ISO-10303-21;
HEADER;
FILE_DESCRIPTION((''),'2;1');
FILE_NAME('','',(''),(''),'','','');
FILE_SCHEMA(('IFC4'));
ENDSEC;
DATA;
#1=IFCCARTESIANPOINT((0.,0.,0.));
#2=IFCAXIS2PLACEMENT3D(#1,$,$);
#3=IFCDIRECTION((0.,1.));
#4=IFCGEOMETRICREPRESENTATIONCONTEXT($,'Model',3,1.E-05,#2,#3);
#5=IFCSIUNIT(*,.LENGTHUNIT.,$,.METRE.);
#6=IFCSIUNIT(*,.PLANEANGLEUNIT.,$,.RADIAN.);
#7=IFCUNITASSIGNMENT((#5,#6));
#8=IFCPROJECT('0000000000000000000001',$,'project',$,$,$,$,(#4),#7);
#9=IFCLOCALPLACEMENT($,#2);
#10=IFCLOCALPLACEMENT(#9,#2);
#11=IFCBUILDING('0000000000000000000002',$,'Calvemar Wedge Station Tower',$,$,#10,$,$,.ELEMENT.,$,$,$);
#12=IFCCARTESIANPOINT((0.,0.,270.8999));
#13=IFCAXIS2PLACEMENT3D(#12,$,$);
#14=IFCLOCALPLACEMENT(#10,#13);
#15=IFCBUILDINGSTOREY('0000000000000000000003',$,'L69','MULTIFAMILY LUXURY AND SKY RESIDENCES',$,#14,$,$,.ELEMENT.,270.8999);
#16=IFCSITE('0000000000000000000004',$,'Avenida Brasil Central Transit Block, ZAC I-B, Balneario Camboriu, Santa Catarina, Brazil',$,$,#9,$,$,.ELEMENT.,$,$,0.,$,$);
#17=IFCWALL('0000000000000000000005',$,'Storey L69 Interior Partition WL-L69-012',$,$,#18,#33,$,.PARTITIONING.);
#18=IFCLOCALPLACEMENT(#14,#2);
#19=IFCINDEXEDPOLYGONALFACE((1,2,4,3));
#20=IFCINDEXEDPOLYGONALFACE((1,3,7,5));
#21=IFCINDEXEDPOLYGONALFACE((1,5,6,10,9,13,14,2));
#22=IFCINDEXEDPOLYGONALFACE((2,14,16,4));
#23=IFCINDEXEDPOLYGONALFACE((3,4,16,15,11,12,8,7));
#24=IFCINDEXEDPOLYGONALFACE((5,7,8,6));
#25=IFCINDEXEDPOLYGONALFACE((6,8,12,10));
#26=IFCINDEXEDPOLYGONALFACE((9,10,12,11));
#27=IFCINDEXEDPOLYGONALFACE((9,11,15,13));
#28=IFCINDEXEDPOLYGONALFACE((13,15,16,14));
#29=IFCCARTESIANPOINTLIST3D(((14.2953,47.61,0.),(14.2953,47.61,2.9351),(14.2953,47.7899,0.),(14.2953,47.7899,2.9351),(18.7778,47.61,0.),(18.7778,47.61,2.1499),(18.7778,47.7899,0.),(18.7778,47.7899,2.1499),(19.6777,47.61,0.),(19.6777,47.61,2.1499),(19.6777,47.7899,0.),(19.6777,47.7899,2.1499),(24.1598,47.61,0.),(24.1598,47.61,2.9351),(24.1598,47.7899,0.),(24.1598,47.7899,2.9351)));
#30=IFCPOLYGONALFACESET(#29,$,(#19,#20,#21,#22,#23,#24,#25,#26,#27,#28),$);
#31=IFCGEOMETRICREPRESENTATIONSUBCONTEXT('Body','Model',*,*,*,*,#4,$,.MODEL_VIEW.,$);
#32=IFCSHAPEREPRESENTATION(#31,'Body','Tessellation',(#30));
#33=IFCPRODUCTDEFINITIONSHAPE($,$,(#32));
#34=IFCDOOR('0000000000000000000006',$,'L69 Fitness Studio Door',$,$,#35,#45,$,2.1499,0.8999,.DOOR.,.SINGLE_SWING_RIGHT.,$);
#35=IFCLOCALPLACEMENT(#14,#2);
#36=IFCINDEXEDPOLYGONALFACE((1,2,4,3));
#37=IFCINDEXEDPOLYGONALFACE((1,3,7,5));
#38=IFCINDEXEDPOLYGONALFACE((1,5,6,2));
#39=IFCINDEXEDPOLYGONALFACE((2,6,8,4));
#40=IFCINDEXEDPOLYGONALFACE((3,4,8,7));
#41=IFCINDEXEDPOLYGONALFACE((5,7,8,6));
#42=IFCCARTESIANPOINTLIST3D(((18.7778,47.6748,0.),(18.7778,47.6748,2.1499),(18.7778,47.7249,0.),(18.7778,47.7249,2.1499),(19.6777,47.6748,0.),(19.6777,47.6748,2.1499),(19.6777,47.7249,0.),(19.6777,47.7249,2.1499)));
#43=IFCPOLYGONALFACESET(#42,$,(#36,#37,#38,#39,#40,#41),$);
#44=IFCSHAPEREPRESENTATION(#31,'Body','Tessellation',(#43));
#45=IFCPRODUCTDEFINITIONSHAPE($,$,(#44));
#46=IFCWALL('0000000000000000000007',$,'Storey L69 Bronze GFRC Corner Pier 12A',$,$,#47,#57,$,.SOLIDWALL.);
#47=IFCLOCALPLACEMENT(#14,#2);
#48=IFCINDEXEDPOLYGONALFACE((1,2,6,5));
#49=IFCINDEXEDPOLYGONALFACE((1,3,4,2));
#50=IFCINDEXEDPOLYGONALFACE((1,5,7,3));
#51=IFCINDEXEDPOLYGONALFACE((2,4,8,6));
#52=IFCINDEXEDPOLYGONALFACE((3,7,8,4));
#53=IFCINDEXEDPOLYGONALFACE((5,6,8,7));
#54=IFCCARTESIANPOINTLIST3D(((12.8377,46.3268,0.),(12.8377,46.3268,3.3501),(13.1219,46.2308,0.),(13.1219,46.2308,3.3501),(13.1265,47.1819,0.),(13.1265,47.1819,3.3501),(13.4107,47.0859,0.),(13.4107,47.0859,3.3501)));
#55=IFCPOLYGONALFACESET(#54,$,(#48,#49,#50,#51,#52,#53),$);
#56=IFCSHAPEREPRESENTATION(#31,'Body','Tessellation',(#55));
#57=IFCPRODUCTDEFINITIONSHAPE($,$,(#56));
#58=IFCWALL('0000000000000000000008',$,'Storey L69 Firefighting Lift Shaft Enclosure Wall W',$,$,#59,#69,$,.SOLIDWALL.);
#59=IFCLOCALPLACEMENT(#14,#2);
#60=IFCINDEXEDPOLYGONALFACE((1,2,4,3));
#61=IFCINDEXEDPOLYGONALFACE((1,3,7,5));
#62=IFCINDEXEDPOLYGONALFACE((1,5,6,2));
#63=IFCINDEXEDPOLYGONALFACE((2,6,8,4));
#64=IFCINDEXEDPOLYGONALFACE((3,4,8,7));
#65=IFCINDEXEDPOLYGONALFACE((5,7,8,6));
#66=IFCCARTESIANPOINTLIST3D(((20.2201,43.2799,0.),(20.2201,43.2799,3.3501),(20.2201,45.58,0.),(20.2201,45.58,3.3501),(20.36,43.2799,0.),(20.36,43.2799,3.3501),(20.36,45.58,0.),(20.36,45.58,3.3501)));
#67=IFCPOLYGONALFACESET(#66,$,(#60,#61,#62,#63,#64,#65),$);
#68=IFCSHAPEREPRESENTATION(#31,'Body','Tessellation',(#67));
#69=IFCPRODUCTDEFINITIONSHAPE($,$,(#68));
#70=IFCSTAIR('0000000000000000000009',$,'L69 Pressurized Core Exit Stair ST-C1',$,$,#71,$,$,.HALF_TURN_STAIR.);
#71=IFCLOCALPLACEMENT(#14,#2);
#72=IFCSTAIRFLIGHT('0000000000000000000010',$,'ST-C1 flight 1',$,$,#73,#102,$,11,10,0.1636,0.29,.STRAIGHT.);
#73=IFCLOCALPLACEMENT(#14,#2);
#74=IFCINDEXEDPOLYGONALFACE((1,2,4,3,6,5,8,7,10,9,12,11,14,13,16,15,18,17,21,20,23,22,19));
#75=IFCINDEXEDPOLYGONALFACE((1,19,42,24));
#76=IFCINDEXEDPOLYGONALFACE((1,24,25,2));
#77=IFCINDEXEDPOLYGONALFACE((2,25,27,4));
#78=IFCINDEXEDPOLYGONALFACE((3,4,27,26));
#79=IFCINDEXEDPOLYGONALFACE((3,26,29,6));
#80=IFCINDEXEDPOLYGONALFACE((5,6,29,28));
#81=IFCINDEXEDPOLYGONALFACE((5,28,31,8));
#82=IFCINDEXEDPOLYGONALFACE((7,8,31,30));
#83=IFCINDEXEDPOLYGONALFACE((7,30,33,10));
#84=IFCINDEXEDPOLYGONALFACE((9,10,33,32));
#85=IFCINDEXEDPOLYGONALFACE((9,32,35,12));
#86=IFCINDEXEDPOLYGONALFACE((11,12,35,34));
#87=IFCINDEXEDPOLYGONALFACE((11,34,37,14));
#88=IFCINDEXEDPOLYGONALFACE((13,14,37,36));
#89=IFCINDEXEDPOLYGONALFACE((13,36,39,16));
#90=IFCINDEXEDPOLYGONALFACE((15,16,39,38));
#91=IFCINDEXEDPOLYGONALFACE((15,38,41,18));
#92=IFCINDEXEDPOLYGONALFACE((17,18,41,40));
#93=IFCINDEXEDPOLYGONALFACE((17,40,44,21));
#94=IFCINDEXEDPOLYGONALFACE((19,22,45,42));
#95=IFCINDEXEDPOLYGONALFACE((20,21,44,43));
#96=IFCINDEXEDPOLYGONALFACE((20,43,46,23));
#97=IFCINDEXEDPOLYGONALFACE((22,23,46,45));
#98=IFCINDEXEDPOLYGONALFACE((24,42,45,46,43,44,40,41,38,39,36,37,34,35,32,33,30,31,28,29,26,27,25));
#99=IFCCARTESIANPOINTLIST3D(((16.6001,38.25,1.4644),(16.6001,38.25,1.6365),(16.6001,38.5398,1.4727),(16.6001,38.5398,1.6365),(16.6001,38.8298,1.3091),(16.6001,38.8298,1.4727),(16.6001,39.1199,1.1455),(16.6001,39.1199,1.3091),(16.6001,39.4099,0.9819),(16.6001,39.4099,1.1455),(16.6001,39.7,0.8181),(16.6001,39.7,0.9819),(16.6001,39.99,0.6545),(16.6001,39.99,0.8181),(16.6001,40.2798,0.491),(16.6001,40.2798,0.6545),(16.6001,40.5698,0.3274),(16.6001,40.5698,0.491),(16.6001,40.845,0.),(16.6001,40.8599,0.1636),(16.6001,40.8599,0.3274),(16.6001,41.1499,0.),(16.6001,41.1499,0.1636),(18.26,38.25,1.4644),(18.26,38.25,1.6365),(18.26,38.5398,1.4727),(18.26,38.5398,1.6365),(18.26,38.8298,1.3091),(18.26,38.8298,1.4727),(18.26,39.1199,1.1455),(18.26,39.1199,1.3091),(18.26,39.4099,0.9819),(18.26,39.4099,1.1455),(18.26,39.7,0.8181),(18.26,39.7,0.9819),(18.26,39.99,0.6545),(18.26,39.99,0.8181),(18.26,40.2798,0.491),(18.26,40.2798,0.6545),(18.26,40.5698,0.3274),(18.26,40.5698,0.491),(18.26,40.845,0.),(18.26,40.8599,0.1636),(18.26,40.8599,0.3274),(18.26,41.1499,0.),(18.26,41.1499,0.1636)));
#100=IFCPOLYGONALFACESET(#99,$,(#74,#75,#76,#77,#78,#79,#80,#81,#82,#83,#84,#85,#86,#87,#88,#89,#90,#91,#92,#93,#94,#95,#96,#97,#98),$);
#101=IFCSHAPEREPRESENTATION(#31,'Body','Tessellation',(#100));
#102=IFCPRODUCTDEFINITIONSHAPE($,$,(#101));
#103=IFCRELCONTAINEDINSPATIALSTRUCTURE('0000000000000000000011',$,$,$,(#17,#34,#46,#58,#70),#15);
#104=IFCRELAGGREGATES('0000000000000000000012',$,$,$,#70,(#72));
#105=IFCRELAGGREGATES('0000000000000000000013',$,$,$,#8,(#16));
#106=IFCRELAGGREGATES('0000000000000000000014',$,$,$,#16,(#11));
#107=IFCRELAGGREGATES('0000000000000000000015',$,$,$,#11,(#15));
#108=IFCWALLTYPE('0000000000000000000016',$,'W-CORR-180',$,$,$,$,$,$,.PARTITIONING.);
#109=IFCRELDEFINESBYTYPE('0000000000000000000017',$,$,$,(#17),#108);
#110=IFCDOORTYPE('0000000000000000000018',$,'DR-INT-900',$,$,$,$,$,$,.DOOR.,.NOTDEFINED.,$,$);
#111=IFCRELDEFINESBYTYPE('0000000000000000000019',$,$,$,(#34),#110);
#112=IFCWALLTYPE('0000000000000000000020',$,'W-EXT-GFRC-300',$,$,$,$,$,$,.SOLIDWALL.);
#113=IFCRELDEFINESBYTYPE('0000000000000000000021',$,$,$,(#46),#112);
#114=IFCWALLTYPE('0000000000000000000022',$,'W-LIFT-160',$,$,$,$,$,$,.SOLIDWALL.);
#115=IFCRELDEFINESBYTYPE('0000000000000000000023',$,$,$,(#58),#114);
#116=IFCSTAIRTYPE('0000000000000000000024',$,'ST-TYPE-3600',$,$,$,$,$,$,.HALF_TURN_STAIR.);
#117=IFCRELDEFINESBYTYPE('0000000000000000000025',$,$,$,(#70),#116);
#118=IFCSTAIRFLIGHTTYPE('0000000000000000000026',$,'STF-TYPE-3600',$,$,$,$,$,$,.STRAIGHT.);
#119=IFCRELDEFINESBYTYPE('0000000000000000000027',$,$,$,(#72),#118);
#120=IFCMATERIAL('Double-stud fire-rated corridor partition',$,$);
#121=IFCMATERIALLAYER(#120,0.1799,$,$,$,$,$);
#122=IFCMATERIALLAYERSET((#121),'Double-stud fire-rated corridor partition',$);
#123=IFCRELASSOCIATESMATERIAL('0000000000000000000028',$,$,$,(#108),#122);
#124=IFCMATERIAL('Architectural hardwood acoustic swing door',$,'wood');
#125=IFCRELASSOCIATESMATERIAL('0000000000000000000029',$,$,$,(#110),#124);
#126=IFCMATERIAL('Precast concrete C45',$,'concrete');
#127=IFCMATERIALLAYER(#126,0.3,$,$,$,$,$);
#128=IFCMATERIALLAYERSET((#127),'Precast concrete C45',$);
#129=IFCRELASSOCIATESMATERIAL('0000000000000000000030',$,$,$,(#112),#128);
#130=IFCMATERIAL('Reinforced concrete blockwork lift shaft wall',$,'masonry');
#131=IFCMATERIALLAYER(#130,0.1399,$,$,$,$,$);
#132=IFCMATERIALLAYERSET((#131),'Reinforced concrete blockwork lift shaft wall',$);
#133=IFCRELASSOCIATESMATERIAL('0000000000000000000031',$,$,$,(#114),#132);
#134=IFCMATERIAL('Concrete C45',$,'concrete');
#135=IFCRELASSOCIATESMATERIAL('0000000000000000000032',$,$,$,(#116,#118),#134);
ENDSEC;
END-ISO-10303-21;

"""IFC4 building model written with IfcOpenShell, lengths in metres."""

from ifc_helpers import new_model, si_unit, direction, frame, frame_2d, origin, place, context, subcontext, project, spatial, polyline, rectangle, outline, extrude, source, transform, mapped, material, layer, layer_set, type_object, element, fill, aggregate, save


model = new_model("IFC4")

# Units and contexts
model_context = context("Model", 3, precision=1e-05, world=origin(), true_north=direction((0.0, 1.0)))
body_context = subcontext(model_context, "Body", "Model", "MODEL_VIEW")
ifc_project = project(units=[si_unit("LENGTHUNIT", "METRE"), si_unit("PLANEANGLEUNIT", "RADIAN")], contexts=[model_context])

# Site, building, storey
site_placement = place(None, origin())
site = spatial("IfcSite", under=ifc_project, at=site_placement, Name="Avenida Brasil Central Transit Block, ZAC I-B, Balneario Camboriu, Santa Catarina, Brazil", CompositionType="ELEMENT", RefElevation=0.0)
building_placement = place(site_placement, origin())
building = spatial("IfcBuilding", under=site, at=building_placement, Name="Calvemar Wedge Station Tower", CompositionType="ELEMENT")
storey_placement = place(building_placement, frame((0.0, 0.0, 270.8999)))
storey = spatial("IfcBuildingStorey", under=building, at=storey_placement, Name="L69", Description="MULTIFAMILY LUXURY AND SKY RESIDENCES", CompositionType="ELEMENT", Elevation=270.8999)

# Shared definitions
ifc_material_1 = material(Name="Double-stud fire-rated corridor partition")
ifc_layer_1 = layer(ifc_material_1, 0.1799)
ifc_layer_set_1 = layer_set([ifc_layer_1], Name="Double-stud fire-rated corridor partition")
wall_type_1 = type_object("IfcWallType", Name="W-CORR-180", PredefinedType="PARTITIONING", material=ifc_layer_set_1)

# Wall, opening, door
wall_1_placement = place(storey_placement, frame((14.2954, 47.7, 0.0), z_axis=(0.0, 0.0, 1.0), x_axis=(1.0, 0.0, 0.0)))
wall_1 = element("IfcWall", 1, at=wall_1_placement, inside=storey, type_object=wall_type_1, Name="Storey L69 Interior Partition WL-L69-012", PredefinedType="PARTITIONING", context=body_context, shape_type="SweptSolid", body=[
    extrude(rectangle(XDim=9.8645, YDim=0.1799, at=frame_2d((4.9321, 0.0))), origin(), (0.0, 0.0, 1.0), 2.9351),
])
shared_shape_1 = source(origin(), body_context, "Body", "SweptSolid", [
    extrude(rectangle(XDim=0.8999, YDim=2.1499, at=frame_2d((0.45, 1.075))), frame((0.0, 0.1001, 0.0), z_axis=(0.0, -1.0, 0.0), x_axis=(1.0, 0.0, 0.0)), (0.0, 0.0, 1.0), 0.2),
])
opening_placement = place(wall_1_placement, frame((4.4824, 0.0, 0.0)))
opening = element("IfcOpeningElement", 2, at=opening_placement, cuts=wall_1, PredefinedType="OPENING", context=body_context, shape_type="MappedRepresentation", body=[
    mapped(shared_shape_1, transform((0.0, 0.0, 0.0), scale=1.0)),
])
ifc_material_2 = material(Name="Architectural hardwood acoustic swing door", Category="wood")
door_type = type_object("IfcDoorType", Name="DR-INT-900", OperationType="NOTDEFINED", PredefinedType="DOOR", material=ifc_material_2)
shared_shape_2 = source(origin(), body_context, "Body", "SweptSolid", [
    extrude(rectangle(XDim=0.8999, YDim=2.1499, at=frame_2d((0.45, 1.075))), frame((0.0, 0.0249, 0.0), z_axis=(0.0, -1.0, 0.0), x_axis=(1.0, 0.0, 0.0)), (0.0, 0.0, 1.0), 0.05),
])
door_placement = place(opening_placement, origin())
door = element("IfcDoor", 3, at=door_placement, inside=storey, type_object=door_type, Name="L69 Fitness Studio Door", OperationType="SINGLE_SWING_RIGHT", OverallHeight=2.1499, OverallWidth=0.8999, PredefinedType="DOOR", context=body_context, shape_type="MappedRepresentation", body=[
    mapped(shared_shape_2, transform((0.0, 0.0, 0.0), scale=1.0)),
])
fill(opening, door)

# Walls
ifc_material_3 = material(Name="Precast concrete C45", Category="concrete")
ifc_layer_2 = layer(ifc_material_3, 0.3)
ifc_layer_set_2 = layer_set([ifc_layer_2], Name="Precast concrete C45")
wall_type_2 = type_object("IfcWallType", Name="W-EXT-GFRC-300", PredefinedType="SOLIDWALL", material=ifc_layer_set_2)
wall_2_placement = place(storey_placement, frame((13.2686, 47.1338, 0.0), z_axis=(0.0, 0.0, 1.0), x_axis=(-0.319958, -0.947432, 0.0)))
element("IfcWall", 4, at=wall_2_placement, inside=storey, type_object=wall_type_2, Name="Storey L69 Bronze GFRC Corner Pier 12A", PredefinedType="SOLIDWALL", context=body_context, shape_type="SweptSolid", body=[
    extrude(rectangle(XDim=0.9026, YDim=0.3, at=frame_2d((0.4512, 0.0))), origin(), (0.0, 0.0, 1.0), 3.3501),
])
ifc_material_4 = material(Name="Reinforced concrete blockwork lift shaft wall", Category="masonry")
ifc_layer_3 = layer(ifc_material_4, 0.1399)
ifc_layer_set_3 = layer_set([ifc_layer_3], Name="Reinforced concrete blockwork lift shaft wall")
wall_type_3 = type_object("IfcWallType", Name="W-LIFT-160", PredefinedType="SOLIDWALL", material=ifc_layer_set_3)
wall_3_placement = place(storey_placement, frame((20.29, 43.28, 0.0), z_axis=(0.0, 0.0, 1.0), x_axis=(0.0, 1.0, 0.0)))
element("IfcWall", 5, at=wall_3_placement, inside=storey, type_object=wall_type_3, Name="Storey L69 Firefighting Lift Shaft Enclosure Wall W", PredefinedType="SOLIDWALL", context=body_context, shape_type="SweptSolid", body=[
    extrude(rectangle(XDim=2.3, YDim=0.1399, at=frame_2d((1.1499, 0.0))), origin(), (0.0, 0.0, 1.0), 3.3501),
])

# Stair, stair flight
ifc_material_5 = material(Name="Concrete C45", Category="concrete")
stair_type = type_object("IfcStairType", Name="ST-TYPE-3600", PredefinedType="HALF_TURN_STAIR", material=ifc_material_5)
stair_placement = place(storey_placement, origin())
stair = element("IfcStair", 6, at=stair_placement, inside=storey, type_object=stair_type, Name="L69 Pressurized Core Exit Stair ST-C1", PredefinedType="HALF_TURN_STAIR")
stair_flight_type = type_object("IfcStairFlightType", Name="STF-TYPE-3600", PredefinedType="STRAIGHT", material=ifc_material_5)
stair_flight_placement = place(storey_placement, frame((17.4299, 41.1499, 0.0), z_axis=(0.0, 0.0, 1.0), x_axis=(0.0, -1.0, 0.0)))
stair_flight = element("IfcStairFlight", 7, at=stair_flight_placement, type_object=stair_flight_type, Name="ST-C1 flight 1", NumberOfRisers=11, NumberOfTreads=10, PredefinedType="STRAIGHT", RiserHeight=0.1636, TreadLength=0.29, context=body_context, shape_type="SweptSolid", body=[
    extrude(outline(polyline([(0.0, 0.0), (0.0, 0.1636), (0.29, 0.1636), (0.29, 0.3274), (0.5801, 0.3274), (0.5801, 0.491), (0.8701, 0.491), (0.8701, 0.6545), (1.1599, 0.6545), (1.1599, 0.8181), (1.45, 0.8181), (1.45, 0.9819), (1.74, 0.9819), (1.74, 1.1455), (2.03, 1.1455), (2.03, 1.3091), (2.3201, 1.3091), (2.3201, 1.4727), (2.6101, 1.4727), (2.6101, 1.6365), (2.8999, 1.6365), (2.8999, 1.8), (2.8999, 1.4644), (0.3049, 0.0), (0.0, 0.0)])), frame((0.0, 0.8301, 0.0), z_axis=(0.0, -1.0, 0.0), x_axis=(1.0, 0.0, 0.0)), (0.0, 0.0, 1.0), 1.6599),
])
aggregate(stair, [stair_flight])

save(model, "model.ifc")
